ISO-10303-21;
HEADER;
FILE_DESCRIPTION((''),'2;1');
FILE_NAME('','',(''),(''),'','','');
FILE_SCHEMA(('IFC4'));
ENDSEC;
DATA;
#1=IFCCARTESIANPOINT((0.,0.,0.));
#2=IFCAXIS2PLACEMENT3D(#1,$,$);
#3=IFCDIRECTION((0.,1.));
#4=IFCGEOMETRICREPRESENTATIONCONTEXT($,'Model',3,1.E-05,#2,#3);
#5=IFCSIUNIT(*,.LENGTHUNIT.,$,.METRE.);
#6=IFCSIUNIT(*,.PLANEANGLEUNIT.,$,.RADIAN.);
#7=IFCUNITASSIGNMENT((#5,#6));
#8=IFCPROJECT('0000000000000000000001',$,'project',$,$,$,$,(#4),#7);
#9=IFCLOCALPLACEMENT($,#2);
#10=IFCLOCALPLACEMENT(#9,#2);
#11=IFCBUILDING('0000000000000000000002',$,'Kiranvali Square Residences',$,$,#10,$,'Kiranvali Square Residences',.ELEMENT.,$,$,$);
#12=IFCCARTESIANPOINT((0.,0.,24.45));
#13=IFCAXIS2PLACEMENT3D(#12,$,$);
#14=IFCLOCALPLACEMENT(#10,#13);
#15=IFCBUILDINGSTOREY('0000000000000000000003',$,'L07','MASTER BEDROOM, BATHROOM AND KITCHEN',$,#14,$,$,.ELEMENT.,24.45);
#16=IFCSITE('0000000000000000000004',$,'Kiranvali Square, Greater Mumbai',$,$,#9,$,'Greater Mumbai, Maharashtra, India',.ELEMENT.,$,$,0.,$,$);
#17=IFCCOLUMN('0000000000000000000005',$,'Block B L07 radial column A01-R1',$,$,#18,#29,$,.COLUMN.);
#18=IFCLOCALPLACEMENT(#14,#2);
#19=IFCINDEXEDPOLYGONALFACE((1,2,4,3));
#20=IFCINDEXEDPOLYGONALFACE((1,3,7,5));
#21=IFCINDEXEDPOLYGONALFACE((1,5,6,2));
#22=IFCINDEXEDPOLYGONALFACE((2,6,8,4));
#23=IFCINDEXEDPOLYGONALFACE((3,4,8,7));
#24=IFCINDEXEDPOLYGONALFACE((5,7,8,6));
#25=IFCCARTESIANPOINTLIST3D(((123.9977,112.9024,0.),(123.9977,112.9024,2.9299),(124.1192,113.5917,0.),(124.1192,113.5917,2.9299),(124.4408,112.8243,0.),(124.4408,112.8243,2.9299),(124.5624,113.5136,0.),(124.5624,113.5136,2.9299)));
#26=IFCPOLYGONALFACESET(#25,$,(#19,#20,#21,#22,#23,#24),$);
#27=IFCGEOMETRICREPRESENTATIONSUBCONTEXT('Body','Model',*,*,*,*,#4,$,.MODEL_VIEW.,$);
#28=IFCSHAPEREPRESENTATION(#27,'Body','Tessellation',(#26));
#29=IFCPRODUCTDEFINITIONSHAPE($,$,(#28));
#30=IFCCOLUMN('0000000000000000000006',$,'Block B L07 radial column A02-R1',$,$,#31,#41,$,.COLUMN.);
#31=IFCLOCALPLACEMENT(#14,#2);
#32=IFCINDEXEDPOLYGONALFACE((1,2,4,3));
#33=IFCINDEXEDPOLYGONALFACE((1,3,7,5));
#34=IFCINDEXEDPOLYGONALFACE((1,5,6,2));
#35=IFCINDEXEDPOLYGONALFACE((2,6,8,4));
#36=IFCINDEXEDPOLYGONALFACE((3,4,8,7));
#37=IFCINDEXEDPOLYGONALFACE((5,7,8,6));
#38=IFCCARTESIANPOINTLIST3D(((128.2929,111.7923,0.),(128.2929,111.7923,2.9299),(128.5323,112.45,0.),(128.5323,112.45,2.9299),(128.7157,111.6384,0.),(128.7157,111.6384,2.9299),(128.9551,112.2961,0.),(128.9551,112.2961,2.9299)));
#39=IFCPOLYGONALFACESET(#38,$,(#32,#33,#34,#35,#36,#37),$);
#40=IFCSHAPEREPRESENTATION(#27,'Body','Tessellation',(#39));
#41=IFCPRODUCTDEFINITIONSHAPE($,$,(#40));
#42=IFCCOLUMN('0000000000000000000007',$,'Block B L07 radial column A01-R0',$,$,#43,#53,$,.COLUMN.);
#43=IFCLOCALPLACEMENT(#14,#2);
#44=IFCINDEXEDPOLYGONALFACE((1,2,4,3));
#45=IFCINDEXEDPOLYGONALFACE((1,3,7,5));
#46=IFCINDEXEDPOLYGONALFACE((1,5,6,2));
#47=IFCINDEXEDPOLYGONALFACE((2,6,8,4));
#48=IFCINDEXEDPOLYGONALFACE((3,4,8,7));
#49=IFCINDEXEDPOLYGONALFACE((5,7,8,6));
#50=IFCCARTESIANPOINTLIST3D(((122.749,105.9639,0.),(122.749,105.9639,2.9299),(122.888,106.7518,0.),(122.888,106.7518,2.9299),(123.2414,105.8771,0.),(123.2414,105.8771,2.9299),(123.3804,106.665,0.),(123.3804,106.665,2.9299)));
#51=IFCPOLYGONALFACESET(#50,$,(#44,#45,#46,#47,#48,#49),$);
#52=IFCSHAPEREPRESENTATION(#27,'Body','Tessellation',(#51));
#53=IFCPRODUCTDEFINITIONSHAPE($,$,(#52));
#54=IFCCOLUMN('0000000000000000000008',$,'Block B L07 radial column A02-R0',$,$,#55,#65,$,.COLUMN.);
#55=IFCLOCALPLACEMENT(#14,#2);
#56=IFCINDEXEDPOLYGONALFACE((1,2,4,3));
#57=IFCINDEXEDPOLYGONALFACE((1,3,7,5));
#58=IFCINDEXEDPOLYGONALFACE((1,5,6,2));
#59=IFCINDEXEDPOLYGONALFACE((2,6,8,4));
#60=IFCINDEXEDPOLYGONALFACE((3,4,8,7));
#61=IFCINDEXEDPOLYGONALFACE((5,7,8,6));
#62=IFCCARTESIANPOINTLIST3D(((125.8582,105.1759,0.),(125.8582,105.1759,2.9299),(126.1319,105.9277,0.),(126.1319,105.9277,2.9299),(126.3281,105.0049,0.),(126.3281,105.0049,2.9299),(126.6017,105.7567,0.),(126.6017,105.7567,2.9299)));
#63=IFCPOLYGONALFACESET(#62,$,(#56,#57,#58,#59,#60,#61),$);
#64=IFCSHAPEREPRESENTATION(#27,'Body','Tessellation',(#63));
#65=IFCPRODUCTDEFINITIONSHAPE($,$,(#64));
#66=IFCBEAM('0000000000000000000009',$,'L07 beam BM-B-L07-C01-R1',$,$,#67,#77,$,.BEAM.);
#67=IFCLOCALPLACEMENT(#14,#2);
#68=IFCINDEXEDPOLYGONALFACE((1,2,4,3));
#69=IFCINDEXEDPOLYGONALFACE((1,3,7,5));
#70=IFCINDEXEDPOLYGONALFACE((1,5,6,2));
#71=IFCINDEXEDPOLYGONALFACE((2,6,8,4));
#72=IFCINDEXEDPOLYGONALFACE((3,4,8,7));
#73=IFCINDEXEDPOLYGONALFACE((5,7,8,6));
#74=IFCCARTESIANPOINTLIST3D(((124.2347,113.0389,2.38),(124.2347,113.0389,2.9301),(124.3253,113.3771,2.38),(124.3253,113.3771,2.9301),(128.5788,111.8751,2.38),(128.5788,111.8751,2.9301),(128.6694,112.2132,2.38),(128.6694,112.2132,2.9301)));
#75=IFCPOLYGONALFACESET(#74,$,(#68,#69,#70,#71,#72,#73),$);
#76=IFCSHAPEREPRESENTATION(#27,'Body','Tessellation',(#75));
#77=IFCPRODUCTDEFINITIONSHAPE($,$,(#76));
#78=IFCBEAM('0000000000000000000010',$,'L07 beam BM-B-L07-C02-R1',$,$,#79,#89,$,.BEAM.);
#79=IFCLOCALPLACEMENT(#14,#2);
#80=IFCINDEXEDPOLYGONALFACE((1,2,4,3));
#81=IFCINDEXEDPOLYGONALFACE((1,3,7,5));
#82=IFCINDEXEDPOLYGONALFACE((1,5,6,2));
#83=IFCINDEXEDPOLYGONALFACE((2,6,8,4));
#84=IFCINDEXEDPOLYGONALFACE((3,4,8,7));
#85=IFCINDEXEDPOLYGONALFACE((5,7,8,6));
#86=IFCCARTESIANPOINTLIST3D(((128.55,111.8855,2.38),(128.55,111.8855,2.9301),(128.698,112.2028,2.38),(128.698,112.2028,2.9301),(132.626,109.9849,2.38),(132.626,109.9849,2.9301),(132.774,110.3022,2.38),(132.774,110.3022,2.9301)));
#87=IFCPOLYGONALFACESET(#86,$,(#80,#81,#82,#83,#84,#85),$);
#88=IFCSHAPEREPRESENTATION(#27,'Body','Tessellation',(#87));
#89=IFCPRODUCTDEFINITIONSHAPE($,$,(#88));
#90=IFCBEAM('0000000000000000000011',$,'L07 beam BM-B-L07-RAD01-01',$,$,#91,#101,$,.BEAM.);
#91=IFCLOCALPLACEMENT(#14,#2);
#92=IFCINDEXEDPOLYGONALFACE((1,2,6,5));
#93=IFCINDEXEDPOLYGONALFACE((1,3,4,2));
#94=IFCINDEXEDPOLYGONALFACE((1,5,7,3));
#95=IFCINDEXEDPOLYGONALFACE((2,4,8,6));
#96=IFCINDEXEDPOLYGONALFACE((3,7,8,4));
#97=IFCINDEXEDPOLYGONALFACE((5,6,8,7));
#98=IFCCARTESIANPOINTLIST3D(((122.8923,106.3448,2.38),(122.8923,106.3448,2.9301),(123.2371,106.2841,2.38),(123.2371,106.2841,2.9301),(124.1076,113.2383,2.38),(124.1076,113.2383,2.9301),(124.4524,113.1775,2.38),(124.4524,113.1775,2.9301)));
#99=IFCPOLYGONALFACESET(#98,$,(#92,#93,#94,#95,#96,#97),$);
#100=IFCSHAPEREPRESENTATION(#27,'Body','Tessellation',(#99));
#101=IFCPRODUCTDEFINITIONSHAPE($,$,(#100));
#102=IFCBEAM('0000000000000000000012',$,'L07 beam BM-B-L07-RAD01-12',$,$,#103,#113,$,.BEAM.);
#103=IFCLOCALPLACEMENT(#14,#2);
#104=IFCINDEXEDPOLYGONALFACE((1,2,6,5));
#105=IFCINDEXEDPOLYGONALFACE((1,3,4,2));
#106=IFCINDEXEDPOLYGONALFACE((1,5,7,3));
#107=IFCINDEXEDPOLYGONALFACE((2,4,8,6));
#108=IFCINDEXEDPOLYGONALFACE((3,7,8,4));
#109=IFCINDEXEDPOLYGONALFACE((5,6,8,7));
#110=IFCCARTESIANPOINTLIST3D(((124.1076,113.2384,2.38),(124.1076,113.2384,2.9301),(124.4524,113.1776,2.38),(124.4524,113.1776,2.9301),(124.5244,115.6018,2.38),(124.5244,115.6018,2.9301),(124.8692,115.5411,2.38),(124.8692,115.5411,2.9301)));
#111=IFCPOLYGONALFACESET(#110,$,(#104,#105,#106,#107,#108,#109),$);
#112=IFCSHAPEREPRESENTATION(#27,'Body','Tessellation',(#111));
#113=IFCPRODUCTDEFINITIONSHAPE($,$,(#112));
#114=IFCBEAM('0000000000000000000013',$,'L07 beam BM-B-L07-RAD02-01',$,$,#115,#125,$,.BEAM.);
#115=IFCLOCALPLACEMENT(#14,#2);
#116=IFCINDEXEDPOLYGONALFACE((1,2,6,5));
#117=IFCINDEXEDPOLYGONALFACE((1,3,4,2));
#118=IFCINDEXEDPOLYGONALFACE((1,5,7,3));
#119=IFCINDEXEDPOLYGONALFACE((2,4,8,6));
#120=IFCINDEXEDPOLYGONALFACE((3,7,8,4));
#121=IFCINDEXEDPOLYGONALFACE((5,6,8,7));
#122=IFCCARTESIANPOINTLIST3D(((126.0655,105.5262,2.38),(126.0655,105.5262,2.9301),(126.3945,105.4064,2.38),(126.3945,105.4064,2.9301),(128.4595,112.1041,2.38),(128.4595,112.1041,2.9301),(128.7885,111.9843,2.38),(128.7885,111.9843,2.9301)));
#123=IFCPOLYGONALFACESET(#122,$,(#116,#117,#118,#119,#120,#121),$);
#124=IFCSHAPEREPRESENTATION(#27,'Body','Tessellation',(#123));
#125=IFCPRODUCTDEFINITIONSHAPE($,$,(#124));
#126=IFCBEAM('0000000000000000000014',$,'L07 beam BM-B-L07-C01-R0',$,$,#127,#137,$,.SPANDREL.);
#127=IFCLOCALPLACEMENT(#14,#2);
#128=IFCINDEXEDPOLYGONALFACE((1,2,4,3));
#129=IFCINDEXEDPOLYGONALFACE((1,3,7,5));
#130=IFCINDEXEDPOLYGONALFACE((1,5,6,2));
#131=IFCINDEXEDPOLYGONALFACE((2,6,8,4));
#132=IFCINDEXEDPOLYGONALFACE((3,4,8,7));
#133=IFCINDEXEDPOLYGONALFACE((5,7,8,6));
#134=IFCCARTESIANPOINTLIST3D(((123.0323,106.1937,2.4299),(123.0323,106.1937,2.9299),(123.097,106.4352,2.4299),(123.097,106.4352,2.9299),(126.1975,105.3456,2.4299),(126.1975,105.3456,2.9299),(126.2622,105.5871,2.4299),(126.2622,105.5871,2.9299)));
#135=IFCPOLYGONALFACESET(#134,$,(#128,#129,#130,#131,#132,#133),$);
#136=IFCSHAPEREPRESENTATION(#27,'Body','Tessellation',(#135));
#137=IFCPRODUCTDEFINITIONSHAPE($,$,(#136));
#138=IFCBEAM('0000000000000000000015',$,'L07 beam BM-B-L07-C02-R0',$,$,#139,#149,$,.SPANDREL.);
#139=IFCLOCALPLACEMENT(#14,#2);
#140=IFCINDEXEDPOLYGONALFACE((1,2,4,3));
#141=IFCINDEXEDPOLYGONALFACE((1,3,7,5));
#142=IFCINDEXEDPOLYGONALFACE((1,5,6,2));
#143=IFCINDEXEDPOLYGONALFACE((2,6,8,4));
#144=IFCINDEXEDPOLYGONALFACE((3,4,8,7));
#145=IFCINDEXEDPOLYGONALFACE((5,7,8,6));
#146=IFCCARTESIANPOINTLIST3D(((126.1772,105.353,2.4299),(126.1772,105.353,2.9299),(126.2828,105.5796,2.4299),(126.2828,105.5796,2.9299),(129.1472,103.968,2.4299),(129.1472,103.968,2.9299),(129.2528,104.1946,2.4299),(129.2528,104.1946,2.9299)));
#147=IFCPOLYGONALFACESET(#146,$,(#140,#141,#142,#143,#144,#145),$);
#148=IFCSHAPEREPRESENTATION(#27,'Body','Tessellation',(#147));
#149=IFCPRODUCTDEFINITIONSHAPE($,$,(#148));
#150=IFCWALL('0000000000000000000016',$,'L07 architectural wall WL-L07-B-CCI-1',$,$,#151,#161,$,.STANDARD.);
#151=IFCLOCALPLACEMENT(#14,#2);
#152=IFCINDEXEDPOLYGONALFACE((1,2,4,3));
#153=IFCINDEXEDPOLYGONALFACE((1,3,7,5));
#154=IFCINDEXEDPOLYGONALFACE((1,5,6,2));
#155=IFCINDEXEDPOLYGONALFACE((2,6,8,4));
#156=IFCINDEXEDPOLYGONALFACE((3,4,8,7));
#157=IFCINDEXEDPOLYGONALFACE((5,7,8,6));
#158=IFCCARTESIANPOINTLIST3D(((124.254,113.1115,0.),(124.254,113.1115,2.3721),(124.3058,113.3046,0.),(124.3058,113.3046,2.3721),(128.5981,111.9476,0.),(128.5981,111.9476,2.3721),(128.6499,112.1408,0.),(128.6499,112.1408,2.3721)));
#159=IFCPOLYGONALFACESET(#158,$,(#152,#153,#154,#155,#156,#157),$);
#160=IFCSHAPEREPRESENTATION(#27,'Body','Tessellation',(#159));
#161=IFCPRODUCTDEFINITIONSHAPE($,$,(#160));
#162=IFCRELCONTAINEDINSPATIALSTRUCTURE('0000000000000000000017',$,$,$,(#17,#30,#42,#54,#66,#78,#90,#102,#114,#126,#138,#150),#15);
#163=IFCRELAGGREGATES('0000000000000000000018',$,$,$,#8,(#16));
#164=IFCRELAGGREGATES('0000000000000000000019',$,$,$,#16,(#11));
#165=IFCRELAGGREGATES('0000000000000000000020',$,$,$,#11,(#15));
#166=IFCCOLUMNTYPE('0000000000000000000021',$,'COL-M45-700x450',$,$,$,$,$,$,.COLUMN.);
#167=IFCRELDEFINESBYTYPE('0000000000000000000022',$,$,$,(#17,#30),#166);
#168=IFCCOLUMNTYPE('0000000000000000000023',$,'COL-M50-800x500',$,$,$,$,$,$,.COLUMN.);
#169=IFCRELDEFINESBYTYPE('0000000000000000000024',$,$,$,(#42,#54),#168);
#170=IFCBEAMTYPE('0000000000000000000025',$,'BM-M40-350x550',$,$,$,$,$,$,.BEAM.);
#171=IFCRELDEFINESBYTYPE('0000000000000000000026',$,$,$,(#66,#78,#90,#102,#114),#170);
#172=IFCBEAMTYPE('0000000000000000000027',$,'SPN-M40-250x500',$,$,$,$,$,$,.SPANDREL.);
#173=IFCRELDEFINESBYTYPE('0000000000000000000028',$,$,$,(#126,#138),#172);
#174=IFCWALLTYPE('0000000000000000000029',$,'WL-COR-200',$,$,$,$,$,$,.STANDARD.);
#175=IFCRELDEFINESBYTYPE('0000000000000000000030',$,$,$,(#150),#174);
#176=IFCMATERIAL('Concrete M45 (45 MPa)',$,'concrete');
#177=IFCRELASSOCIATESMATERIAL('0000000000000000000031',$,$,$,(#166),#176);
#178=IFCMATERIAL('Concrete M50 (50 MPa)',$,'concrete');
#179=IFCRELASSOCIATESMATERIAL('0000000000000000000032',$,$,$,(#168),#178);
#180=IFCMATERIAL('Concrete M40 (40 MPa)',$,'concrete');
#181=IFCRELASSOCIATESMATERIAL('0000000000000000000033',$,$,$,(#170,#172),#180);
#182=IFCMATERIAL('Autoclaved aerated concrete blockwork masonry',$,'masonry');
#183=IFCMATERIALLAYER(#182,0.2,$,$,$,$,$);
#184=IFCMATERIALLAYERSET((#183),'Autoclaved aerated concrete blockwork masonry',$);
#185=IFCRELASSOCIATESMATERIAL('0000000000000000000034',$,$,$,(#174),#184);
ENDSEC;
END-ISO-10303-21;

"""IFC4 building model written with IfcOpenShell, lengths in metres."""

from ifc_helpers import new_model, si_unit, direction, frame, frame_2d, origin, origin_2d, place, context, subcontext, project, spatial, rectangle, extrude, material, layer, layer_set, material_profile, profile_set, type_object, element, save


model = new_model("IFC4")

# Units and contexts
model_context = context("Model", 3, precision=1e-05, world=origin(), true_north=direction((0.0, 1.0)))
body_context = subcontext(model_context, "Body", "Model", "MODEL_VIEW")
ifc_project = project(units=[si_unit("LENGTHUNIT", "METRE"), si_unit("PLANEANGLEUNIT", "RADIAN")], contexts=[model_context])

# Site, building, storey
site_placement = place(None, origin())
site = spatial("IfcSite", under=ifc_project, at=site_placement, Name="Kiranvali Square, Greater Mumbai", LongName="Greater Mumbai, Maharashtra, India", CompositionType="ELEMENT", RefElevation=0.0)
building_placement = place(site_placement, origin())
building = spatial("IfcBuilding", under=site, at=building_placement, Name="Kiranvali Square Residences", LongName="Kiranvali Square Residences", CompositionType="ELEMENT")
storey_placement = place(building_placement, frame((0.0, 0.0, 24.45)))
storey = spatial("IfcBuildingStorey", under=building, at=storey_placement, Name="L07", Description="MASTER BEDROOM, BATHROOM AND KITCHEN", CompositionType="ELEMENT", Elevation=24.45)

# Columns
ifc_material_1 = material(Name="Concrete M45 (45 MPa)", Category="concrete")
ifc_material_profile_1 = material_profile(ifc_material_1, rectangle(XDim=0.45, YDim=0.7, at=origin_2d()), Name="RC 700x450")
ifc_profile_set_1 = profile_set([ifc_material_profile_1], Name="Concrete M45 (45 MPa)")
column_type_1 = type_object("IfcColumnType", Name="COL-M45-700x450", PredefinedType="COLUMN", material=ifc_profile_set_1)
for number, where, z_axis, x_axis, name in (
    (1, (124.28, 113.208, 0.0), (0.0, 0.0, 1.0), (-0.984808, 0.173648, 0.0), "Block B L07 radial column A01-R1"),
    (2, (128.624, 112.0442, 0.0), (0.0, 0.0, 1.0), (-0.939693, 0.34202, 0.0), "Block B L07 radial column A02-R1"),
):
    element("IfcColumn", number, at=place(storey_placement, frame(where, z_axis=z_axis, x_axis=x_axis)), inside=storey, type_object=column_type_1, Name=name, PredefinedType="COLUMN", context=body_context, shape_type="SweptSolid", body=[
        extrude(rectangle(XDim=0.45, YDim=0.7, at=origin_2d()), origin(), (0.0, 0.0, 1.0), 2.9299),
    ])
ifc_material_2 = material(Name="Concrete M50 (50 MPa)", Category="concrete")
ifc_material_profile_2 = material_profile(ifc_material_2, rectangle(XDim=0.5, YDim=0.8, at=origin_2d()), Name="RC 800x500")
ifc_profile_set_2 = profile_set([ifc_material_profile_2], Name="Concrete M50 (50 MPa)")
column_type_2 = type_object("IfcColumnType", Name="COL-M50-800x500", PredefinedType="COLUMN", material=ifc_profile_set_2)
for number, where, z_axis, x_axis, name in (
    (3, (123.0647, 106.3145, 0.0), (0.0, 0.0, 1.0), (-0.984808, 0.173648, 0.0), "Block B L07 radial column A01-R0"),
    (4, (126.23, 105.4663, 0.0), (0.0, 0.0, 1.0), (-0.939693, 0.34202, 0.0), "Block B L07 radial column A02-R0"),
):
    element("IfcColumn", number, at=place(storey_placement, frame(where, z_axis=z_axis, x_axis=x_axis)), inside=storey, type_object=column_type_2, Name=name, PredefinedType="COLUMN", context=body_context, shape_type="SweptSolid", body=[
        extrude(rectangle(XDim=0.5, YDim=0.8, at=origin_2d()), origin(), (0.0, 0.0, 1.0), 2.9299),
    ])

# Beams
ifc_material_3 = material(Name="Concrete M40 (40 MPa)", Category="concrete")
ifc_material_profile_3 = material_profile(ifc_material_3, rectangle(XDim=0.3501, YDim=0.55, at=origin_2d()), Name="RC 350x550")
ifc_profile_set_3 = profile_set([ifc_material_profile_3], Name="Concrete M40 (40 MPa)")
beam_type_1 = type_object("IfcBeamType", Name="BM-M40-350x550", PredefinedType="BEAM", material=ifc_profile_set_3)
for number, where, z_axis, x_axis, name in (
    (5, (124.28, 113.208, 2.655), (0.965934, -0.258788, 0.0), (0.258788, 0.965934, 0.0), "L07 beam BM-B-L07-C01-R1"),
    (6, (128.624, 112.0442, 2.655), (0.906308, -0.422618, 0.0), (0.422618, 0.906308, 0.0), "L07 beam BM-B-L07-C02-R1"),
):
    element("IfcBeam", number, at=place(storey_placement, frame(where, z_axis=z_axis, x_axis=x_axis)), inside=storey, type_object=beam_type_1, Name=name, PredefinedType="BEAM", context=body_context, shape_type="SweptSolid", body=[
        extrude(rectangle(XDim=0.3501, YDim=0.55, at=origin_2d()), origin(), (0.0, 0.0, 1.0), 4.4973),
    ])
beam_1_placement = place(storey_placement, frame((123.0647, 106.3145, 2.655), z_axis=(0.173622, 0.984812, 0.0), x_axis=(-0.984812, 0.173622, 0.0)))
element("IfcBeam", 7, at=beam_1_placement, inside=storey, type_object=beam_type_1, Name="L07 beam BM-B-L07-RAD01-01", PredefinedType="BEAM", context=body_context, shape_type="SweptSolid", body=[
    extrude(rectangle(XDim=0.3501, YDim=0.55, at=origin_2d()), origin(), (0.0, 0.0, 1.0), 6.9998),
])
beam_2_placement = place(storey_placement, frame((124.28, 113.208, 2.655), z_axis=(0.173646, 0.984808, 0.0), x_axis=(-0.984808, 0.173646, 0.0)))
element("IfcBeam", 8, at=beam_2_placement, inside=storey, type_object=beam_type_1, Name="L07 beam BM-B-L07-RAD01-12", PredefinedType="BEAM", context=body_context, shape_type="SweptSolid", body=[
    extrude(rectangle(XDim=0.3501, YDim=0.55, at=origin_2d()), origin(), (0.0, 0.0, 1.0), 2.3999),
])
beam_3_placement = place(storey_placement, frame((126.23, 105.4663, 2.655), z_axis=(0.342006, 0.939698, 0.0), x_axis=(-0.939698, 0.342006, 0.0)))
element("IfcBeam", 9, at=beam_3_placement, inside=storey, type_object=beam_type_1, Name="L07 beam BM-B-L07-RAD02-01", PredefinedType="BEAM", context=body_context, shape_type="SweptSolid", body=[
    extrude(rectangle(XDim=0.3501, YDim=0.55, at=origin_2d()), origin(), (0.0, 0.0, 1.0), 7.0),
])
ifc_material_profile_4 = material_profile(ifc_material_3, rectangle(XDim=0.25, YDim=0.5, at=origin_2d()), Name="RC 250x500")
ifc_profile_set_4 = profile_set([ifc_material_profile_4], Name="Concrete M40 (40 MPa)")
beam_type_2 = type_object("IfcBeamType", Name="SPN-M40-250x500", PredefinedType="SPANDREL", material=ifc_profile_set_4)
beam_4_placement = place(storey_placement, frame((123.0647, 106.3145, 2.6799), z_axis=(0.965925, -0.258822, 0.0), x_axis=(0.258822, 0.965925, 0.0)))
element("IfcBeam", 10, at=beam_4_placement, inside=storey, type_object=beam_type_2, Name="L07 beam BM-B-L07-C01-R0", PredefinedType="SPANDREL", context=body_context, shape_type="SweptSolid", body=[
    extrude(rectangle(XDim=0.25, YDim=0.5, at=origin_2d()), origin(), (0.0, 0.0, 1.0), 3.2769),
])
beam_5_placement = place(storey_placement, frame((126.23, 105.4663, 2.6799), z_axis=(0.906297, -0.422641, 0.0), x_axis=(0.422641, 0.906297, 0.0)))
element("IfcBeam", 11, at=beam_5_placement, inside=storey, type_object=beam_type_2, Name="L07 beam BM-B-L07-C02-R0", PredefinedType="SPANDREL", context=body_context, shape_type="SweptSolid", body=[
    extrude(rectangle(XDim=0.25, YDim=0.5, at=origin_2d()), origin(), (0.0, 0.0, 1.0), 3.2771),
])

# Wall
ifc_material_4 = material(Name="Autoclaved aerated concrete blockwork masonry", Category="masonry")
ifc_layer_1 = layer(ifc_material_4, 0.2)
ifc_layer_set_1 = layer_set([ifc_layer_1], Name="Autoclaved aerated concrete blockwork masonry")
wall_type_1 = type_object("IfcWallType", Name="WL-COR-200", PredefinedType="STANDARD", material=ifc_layer_set_1)
wall_1_placement = place(storey_placement, frame((124.28, 113.208, 0.0), z_axis=(0.0, 0.0, 1.0), x_axis=(0.965934, -0.258788, 0.0)))
element("IfcWall", 12, at=wall_1_placement, inside=storey, type_object=wall_type_1, Name="L07 architectural wall WL-L07-B-CCI-1", PredefinedType="STANDARD", context=body_context, shape_type="SweptSolid", body=[
    extrude(rectangle(XDim=4.4973, YDim=0.2, at=frame_2d((2.2485, 0.0))), origin(), (0.0, 0.0, 1.0), 2.3721),
])

save(model, "model.ifc")
